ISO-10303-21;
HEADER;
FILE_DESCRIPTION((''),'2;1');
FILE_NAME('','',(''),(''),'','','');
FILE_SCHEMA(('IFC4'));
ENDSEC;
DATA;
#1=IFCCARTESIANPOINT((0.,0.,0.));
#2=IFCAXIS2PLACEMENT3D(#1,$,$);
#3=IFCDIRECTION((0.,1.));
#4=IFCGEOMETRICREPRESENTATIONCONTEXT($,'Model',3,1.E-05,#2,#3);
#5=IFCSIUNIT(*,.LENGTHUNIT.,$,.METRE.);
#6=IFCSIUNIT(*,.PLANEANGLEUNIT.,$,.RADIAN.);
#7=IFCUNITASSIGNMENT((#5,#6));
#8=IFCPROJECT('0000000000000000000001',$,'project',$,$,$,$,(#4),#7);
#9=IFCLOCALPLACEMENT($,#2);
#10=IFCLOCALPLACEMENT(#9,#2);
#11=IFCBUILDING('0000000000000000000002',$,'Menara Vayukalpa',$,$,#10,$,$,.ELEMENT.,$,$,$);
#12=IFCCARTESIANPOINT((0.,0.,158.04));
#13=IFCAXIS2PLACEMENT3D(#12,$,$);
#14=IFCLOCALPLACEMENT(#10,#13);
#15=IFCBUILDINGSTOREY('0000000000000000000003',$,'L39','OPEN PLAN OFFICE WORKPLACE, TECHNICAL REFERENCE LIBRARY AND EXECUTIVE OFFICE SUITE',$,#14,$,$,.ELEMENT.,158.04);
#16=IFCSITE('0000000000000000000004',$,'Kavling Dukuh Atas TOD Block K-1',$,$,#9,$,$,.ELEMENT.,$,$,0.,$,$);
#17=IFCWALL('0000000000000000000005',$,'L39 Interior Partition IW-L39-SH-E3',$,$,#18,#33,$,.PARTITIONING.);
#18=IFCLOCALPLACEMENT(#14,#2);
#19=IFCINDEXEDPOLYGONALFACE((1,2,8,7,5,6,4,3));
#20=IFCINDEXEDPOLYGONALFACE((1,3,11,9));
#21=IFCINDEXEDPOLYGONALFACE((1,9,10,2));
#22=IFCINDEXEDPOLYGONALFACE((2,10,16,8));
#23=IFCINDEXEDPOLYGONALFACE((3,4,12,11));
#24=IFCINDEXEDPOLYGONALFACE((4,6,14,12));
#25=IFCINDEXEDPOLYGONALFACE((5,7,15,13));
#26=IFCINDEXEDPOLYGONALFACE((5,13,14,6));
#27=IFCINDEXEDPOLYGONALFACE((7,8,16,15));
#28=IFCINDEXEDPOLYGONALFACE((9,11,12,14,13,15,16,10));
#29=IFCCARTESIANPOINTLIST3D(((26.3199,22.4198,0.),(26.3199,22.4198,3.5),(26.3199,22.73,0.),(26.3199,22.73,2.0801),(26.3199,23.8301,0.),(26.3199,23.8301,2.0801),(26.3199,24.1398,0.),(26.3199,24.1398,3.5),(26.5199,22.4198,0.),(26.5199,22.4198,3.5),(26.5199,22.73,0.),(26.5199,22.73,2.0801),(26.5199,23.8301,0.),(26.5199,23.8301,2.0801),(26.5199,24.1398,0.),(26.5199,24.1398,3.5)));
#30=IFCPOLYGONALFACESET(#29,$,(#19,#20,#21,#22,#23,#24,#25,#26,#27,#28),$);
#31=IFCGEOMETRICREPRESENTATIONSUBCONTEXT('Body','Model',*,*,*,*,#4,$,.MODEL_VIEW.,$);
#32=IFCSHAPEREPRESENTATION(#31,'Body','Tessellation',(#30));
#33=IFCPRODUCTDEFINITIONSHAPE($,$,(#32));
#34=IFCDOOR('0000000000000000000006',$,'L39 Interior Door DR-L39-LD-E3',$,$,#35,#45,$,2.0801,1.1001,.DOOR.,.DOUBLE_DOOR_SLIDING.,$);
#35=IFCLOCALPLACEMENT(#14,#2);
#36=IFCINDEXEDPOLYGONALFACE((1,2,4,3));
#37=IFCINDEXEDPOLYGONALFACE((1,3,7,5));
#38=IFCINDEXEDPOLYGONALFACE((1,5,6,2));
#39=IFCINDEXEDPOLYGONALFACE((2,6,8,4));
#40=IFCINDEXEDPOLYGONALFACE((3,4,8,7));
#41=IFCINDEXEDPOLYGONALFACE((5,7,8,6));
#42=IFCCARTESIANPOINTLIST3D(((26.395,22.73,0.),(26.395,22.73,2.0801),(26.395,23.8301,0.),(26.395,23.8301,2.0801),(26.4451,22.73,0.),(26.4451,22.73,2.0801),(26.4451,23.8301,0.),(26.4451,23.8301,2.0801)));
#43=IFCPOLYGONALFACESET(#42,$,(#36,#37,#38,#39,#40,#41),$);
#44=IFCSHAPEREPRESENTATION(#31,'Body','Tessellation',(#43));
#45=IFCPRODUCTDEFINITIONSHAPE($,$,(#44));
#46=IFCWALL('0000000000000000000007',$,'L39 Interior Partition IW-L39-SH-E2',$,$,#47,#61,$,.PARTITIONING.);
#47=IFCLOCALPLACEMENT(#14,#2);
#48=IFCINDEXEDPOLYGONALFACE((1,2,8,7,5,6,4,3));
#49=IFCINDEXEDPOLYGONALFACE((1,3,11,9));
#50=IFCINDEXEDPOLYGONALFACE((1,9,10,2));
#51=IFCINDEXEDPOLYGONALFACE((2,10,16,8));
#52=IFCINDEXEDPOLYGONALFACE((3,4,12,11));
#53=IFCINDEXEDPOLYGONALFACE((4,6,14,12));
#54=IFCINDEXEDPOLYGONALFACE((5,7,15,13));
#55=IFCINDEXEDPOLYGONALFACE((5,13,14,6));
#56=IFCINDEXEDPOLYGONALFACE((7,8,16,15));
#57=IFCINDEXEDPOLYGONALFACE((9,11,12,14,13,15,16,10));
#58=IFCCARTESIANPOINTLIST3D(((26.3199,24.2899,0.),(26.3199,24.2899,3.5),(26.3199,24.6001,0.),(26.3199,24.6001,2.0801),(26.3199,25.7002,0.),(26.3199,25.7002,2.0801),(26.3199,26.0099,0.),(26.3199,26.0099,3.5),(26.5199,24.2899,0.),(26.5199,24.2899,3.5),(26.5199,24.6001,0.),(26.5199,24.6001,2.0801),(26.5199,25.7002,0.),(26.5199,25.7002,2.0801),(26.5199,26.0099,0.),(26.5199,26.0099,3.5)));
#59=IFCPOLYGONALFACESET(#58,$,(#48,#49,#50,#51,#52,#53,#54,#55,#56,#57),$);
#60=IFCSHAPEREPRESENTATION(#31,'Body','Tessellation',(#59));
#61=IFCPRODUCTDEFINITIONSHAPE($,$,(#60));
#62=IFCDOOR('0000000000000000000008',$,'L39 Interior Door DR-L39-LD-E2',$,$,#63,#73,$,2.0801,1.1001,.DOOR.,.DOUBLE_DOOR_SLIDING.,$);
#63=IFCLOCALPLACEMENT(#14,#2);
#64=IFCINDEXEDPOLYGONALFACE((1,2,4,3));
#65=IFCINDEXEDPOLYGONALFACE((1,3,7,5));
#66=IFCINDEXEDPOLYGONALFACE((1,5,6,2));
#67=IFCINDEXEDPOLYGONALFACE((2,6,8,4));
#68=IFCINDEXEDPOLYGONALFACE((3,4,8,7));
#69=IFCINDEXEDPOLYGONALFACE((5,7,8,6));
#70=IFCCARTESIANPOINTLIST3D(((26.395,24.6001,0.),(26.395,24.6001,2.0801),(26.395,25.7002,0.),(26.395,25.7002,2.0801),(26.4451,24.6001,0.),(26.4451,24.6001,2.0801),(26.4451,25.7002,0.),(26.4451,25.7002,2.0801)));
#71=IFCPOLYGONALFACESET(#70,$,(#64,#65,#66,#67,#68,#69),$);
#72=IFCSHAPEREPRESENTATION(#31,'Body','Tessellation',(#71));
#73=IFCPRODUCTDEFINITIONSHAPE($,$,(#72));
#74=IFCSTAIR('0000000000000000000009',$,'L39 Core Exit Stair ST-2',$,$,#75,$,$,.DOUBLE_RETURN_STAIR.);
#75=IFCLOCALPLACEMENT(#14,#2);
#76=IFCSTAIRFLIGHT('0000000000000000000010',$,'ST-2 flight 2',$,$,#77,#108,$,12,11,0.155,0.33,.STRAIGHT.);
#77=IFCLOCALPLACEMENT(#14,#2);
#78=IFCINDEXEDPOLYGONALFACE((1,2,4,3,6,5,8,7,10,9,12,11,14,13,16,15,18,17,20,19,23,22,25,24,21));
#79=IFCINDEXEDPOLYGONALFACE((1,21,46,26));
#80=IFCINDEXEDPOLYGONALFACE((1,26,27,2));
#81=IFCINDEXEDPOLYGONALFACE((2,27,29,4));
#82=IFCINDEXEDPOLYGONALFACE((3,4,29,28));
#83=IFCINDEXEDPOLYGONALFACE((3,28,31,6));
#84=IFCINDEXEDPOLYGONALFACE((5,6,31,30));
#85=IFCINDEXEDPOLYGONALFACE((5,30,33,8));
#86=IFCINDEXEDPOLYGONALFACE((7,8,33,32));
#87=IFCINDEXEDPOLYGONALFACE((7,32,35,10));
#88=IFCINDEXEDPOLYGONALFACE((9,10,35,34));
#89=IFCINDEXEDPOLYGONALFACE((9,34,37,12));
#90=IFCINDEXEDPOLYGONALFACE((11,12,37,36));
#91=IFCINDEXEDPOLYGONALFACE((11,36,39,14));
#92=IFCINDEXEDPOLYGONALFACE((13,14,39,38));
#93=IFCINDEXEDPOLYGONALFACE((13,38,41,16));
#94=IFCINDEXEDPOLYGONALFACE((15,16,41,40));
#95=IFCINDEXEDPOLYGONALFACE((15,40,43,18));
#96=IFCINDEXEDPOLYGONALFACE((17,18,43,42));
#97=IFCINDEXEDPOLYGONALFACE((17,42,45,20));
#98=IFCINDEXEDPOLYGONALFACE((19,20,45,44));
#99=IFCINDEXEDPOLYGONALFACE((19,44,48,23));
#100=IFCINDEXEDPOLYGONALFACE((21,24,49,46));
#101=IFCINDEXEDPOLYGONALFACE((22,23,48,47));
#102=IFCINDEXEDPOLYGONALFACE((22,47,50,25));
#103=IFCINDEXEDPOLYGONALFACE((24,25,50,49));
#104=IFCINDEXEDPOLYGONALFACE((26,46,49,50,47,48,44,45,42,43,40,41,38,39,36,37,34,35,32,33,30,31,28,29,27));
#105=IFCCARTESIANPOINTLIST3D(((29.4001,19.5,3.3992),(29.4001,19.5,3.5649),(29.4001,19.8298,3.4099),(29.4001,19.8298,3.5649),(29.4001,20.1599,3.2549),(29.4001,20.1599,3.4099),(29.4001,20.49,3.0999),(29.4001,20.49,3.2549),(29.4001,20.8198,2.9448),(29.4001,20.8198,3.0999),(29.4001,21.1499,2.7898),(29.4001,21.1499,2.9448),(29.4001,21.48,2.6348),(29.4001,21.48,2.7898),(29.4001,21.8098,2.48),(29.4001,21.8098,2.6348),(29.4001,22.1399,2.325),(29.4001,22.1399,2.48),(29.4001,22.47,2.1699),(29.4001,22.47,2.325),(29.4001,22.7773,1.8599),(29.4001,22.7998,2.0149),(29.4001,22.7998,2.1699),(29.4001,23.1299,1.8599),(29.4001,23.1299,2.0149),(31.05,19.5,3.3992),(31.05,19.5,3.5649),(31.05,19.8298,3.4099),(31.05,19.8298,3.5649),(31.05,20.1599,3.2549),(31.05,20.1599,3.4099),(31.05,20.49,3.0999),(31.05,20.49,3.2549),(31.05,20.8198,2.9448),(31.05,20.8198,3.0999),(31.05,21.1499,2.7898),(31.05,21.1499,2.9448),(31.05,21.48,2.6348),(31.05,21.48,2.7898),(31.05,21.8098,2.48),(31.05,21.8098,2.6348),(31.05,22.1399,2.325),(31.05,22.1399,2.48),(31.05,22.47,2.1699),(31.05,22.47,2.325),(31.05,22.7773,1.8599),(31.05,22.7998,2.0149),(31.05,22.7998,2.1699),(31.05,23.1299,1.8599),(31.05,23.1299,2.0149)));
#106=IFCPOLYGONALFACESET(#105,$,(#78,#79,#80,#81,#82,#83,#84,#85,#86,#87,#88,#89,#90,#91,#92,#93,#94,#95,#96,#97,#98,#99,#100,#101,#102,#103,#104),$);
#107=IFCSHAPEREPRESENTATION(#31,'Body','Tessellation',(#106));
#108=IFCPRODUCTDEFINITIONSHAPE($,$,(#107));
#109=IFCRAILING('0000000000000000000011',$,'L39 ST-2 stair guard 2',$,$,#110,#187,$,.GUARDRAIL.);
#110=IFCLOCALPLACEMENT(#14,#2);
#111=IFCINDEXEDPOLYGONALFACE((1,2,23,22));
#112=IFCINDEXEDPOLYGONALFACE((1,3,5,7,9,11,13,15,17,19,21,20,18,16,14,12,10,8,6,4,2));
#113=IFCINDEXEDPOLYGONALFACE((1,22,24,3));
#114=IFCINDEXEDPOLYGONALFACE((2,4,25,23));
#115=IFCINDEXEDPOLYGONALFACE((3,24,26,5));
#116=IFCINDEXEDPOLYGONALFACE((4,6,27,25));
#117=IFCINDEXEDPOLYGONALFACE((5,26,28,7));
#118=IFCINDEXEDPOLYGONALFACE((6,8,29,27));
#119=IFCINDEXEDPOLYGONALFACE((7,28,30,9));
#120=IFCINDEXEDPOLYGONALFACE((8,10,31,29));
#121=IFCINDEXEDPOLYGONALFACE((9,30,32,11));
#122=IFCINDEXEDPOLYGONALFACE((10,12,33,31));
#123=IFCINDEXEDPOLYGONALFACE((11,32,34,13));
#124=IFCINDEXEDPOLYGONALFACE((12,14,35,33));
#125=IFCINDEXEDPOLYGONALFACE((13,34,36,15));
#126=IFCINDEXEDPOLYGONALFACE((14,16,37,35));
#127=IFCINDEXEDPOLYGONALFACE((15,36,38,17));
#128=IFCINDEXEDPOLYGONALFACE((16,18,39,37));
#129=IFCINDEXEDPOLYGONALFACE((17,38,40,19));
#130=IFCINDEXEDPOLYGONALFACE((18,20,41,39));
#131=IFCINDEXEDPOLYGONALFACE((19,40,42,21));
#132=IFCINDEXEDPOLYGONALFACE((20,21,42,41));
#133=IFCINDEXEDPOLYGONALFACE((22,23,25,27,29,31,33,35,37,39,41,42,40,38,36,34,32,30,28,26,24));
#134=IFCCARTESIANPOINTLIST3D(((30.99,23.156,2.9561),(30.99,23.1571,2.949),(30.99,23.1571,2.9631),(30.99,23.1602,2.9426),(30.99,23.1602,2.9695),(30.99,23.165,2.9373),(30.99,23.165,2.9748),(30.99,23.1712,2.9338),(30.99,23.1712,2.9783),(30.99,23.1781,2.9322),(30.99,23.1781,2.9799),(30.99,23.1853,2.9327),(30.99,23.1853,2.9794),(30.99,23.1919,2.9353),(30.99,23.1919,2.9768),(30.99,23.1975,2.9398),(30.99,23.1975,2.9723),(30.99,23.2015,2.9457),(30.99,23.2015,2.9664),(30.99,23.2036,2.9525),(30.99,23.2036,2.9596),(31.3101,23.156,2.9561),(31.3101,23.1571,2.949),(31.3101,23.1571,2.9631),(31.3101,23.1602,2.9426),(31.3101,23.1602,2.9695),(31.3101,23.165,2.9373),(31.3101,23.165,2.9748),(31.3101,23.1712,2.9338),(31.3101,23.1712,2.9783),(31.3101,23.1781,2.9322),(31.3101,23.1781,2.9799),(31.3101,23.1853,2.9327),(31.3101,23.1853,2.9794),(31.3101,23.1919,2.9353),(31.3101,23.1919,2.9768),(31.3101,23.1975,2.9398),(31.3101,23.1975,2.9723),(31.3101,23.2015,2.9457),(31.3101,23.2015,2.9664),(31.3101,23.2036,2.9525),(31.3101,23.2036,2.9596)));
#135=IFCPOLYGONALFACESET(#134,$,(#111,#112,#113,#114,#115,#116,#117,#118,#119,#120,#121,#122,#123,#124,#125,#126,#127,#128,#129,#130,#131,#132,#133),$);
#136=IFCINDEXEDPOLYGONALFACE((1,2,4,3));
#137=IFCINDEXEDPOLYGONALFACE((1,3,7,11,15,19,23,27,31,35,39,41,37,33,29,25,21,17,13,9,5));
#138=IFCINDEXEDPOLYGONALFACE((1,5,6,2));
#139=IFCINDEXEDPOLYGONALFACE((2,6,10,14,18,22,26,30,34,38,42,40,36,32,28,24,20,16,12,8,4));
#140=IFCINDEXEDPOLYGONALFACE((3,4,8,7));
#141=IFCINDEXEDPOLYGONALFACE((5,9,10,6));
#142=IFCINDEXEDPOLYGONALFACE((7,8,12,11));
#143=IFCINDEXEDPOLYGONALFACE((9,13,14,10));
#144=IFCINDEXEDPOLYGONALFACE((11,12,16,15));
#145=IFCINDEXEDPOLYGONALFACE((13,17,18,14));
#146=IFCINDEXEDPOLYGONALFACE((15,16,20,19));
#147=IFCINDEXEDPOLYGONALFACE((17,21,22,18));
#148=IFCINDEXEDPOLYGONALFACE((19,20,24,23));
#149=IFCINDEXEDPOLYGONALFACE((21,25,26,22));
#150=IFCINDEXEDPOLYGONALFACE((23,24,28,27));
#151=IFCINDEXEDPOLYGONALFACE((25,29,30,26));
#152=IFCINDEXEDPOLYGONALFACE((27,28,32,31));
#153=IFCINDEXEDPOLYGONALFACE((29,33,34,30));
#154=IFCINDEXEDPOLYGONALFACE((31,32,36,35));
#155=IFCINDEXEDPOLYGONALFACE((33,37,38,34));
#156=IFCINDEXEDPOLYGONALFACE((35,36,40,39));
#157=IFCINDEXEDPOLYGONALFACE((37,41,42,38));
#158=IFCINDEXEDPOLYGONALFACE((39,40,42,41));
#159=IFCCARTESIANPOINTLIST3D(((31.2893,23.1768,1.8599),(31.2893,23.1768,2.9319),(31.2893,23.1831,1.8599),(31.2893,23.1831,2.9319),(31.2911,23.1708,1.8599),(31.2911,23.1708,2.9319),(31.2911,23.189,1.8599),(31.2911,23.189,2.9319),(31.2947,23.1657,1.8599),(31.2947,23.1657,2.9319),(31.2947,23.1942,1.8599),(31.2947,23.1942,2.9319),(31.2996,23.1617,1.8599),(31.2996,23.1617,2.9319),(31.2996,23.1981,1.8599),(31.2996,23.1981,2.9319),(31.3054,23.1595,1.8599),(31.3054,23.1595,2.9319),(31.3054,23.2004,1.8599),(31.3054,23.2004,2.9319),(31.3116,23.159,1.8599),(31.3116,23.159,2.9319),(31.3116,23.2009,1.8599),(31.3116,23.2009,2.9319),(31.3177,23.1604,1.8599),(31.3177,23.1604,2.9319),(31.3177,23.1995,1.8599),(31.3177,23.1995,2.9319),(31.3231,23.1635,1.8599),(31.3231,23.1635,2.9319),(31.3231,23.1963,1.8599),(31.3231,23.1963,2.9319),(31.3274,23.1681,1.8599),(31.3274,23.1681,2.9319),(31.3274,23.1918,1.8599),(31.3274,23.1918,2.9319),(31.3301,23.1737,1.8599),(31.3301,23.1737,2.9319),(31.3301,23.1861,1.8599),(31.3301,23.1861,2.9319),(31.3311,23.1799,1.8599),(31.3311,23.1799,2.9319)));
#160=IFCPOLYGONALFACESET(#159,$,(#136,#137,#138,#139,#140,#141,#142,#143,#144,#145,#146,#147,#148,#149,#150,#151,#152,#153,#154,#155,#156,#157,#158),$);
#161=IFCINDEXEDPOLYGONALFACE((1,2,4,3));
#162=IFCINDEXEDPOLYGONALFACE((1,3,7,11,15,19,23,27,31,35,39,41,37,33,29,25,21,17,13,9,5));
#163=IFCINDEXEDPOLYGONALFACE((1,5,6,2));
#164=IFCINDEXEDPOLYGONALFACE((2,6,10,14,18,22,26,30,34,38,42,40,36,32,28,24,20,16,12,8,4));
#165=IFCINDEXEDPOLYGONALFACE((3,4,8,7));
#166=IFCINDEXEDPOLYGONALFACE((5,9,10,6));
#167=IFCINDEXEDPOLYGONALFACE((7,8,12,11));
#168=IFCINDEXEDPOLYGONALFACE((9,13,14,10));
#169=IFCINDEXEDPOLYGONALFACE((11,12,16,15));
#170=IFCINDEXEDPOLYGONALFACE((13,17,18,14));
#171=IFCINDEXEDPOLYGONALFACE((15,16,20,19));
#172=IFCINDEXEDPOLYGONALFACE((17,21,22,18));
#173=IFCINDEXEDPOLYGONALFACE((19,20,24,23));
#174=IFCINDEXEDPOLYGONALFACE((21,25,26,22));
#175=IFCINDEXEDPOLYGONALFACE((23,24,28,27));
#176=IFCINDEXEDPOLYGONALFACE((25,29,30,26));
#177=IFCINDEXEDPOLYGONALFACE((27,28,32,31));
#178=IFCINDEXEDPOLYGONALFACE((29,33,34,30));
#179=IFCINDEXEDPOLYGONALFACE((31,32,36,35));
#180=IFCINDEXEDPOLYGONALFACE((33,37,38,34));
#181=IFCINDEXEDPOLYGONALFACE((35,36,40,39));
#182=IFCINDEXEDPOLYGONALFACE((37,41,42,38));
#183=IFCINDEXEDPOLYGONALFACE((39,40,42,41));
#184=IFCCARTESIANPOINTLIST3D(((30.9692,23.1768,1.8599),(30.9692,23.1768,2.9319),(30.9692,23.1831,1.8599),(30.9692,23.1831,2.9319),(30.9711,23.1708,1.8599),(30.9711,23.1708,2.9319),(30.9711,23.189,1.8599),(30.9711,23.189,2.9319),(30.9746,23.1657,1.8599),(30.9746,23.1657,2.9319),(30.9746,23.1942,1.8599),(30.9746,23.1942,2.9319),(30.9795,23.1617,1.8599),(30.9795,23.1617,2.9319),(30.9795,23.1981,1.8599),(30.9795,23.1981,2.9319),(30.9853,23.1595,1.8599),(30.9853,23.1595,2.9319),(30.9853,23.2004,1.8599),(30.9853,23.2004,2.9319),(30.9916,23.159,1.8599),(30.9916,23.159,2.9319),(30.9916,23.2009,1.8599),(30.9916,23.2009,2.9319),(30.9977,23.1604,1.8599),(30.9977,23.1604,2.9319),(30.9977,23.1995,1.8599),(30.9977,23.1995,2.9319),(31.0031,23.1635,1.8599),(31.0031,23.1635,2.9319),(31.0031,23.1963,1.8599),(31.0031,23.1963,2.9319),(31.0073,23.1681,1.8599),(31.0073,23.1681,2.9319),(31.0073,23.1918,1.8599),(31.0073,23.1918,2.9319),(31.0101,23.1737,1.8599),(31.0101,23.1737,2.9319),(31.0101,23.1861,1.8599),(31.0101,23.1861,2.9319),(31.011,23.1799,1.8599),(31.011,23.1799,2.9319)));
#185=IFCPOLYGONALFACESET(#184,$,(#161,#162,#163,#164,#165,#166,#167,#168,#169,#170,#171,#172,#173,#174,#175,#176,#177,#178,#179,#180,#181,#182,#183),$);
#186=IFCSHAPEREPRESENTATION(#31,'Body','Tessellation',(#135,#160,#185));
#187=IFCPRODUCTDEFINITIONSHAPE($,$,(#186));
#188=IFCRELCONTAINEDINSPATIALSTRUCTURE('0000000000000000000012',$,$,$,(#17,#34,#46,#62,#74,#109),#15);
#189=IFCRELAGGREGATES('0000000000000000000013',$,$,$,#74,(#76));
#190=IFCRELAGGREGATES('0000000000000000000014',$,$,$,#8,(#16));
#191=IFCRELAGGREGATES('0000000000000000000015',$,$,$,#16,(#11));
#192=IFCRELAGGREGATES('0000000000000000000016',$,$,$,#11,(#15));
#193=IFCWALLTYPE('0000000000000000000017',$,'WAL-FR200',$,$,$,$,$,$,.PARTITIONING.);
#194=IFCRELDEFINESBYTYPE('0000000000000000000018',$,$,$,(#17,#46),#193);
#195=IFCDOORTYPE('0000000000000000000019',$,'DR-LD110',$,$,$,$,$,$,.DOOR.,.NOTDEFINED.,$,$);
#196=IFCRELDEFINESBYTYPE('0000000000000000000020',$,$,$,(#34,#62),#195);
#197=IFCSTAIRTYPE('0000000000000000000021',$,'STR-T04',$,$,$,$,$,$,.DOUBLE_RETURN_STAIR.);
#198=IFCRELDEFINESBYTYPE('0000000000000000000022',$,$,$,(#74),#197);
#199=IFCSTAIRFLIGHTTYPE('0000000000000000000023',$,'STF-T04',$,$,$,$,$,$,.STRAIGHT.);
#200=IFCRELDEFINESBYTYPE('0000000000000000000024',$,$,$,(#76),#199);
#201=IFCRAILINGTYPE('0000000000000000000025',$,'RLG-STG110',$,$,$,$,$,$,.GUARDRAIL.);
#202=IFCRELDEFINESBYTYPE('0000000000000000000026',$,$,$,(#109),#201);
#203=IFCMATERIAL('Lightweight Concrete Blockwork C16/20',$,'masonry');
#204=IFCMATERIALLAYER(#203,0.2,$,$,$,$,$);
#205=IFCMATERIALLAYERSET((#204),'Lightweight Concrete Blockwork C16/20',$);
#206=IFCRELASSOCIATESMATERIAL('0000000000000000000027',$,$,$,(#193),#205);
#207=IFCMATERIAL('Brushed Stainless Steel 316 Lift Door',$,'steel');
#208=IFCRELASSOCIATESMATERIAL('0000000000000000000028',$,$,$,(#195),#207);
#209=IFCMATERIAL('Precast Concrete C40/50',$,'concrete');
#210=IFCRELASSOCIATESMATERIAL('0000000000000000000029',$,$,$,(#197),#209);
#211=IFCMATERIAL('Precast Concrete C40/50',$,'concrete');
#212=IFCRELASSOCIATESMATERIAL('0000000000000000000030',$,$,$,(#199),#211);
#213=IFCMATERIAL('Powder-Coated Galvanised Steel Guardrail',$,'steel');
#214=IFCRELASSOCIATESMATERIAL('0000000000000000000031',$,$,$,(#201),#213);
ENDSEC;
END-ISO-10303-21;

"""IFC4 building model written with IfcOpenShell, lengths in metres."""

from ifc_helpers import new_model, si_unit, direction, frame, frame_2d, origin, origin_2d, place, context, subcontext, project, spatial, polyline, rectangle, circle, outline, extrude, material, layer, layer_set, type_object, element, fill, aggregate, save


model = new_model("IFC4")

# Units and contexts
model_context = context("Model", 3, precision=1e-05, world=origin(), true_north=direction((0.0, 1.0)))
body_context = subcontext(model_context, "Body", "Model", "MODEL_VIEW")
ifc_project = project(units=[si_unit("LENGTHUNIT", "METRE"), si_unit("PLANEANGLEUNIT", "RADIAN")], contexts=[model_context])

# Site, building, storey
site_placement = place(None, origin())
site = spatial("IfcSite", under=ifc_project, at=site_placement, Name="Kavling Dukuh Atas TOD Block K-1", CompositionType="ELEMENT", RefElevation=0.0)
building_placement = place(site_placement, origin())
building = spatial("IfcBuilding", under=site, at=building_placement, Name="Menara Vayukalpa", CompositionType="ELEMENT")
storey_placement = place(building_placement, frame((0.0, 0.0, 158.04)))
storey = spatial("IfcBuildingStorey", under=building, at=storey_placement, Name="L39", Description="OPEN PLAN OFFICE WORKPLACE, TECHNICAL REFERENCE LIBRARY AND EXECUTIVE OFFICE SUITE", CompositionType="ELEMENT", Elevation=158.04)

# Walls, openings, doors
ifc_material_1 = material(Name="Lightweight Concrete Blockwork C16/20", Category="masonry")
ifc_layer_1 = layer(ifc_material_1, 0.2)
ifc_layer_set_1 = layer_set([ifc_layer_1], Name="Lightweight Concrete Blockwork C16/20")
wall_type_1 = type_object("IfcWallType", Name="WAL-FR200", PredefinedType="PARTITIONING", material=ifc_layer_set_1)
ifc_material_2 = material(Name="Brushed Stainless Steel 316 Lift Door", Category="steel")
door_type_1 = type_object("IfcDoorType", Name="DR-LD110", OperationType="NOTDEFINED", PredefinedType="DOOR", material=ifc_material_2)
wall_1_placement = place(storey_placement, frame((26.4199, 22.4199, 0.0), z_axis=(0.0, 0.0, 1.0), x_axis=(0.0, 1.0, 0.0)))
wall_1 = element("IfcWall", 1, at=wall_1_placement, inside=storey, type_object=wall_type_1, Name="L39 Interior Partition IW-L39-SH-E3", PredefinedType="PARTITIONING", context=body_context, shape_type="SweptSolid", body=[
    extrude(rectangle(XDim=1.72, YDim=0.2, at=frame_2d((0.8599, 0.0))), origin(), (0.0, 0.0, 1.0), 3.5),
])
opening_1_placement = place(wall_1_placement, frame((0.3101, 0.0, 0.0)))
opening_1 = element("IfcOpeningElement", 2, at=opening_1_placement, cuts=wall_1, PredefinedType="OPENING", context=body_context, shape_type="SweptSolid", body=[
    extrude(rectangle(XDim=1.1001, YDim=2.0801, at=frame_2d((0.55, 1.04))), frame((0.0, 0.1099, 0.0), z_axis=(0.0, -1.0, 0.0), x_axis=(1.0, 0.0, 0.0)), (0.0, 0.0, 1.0), 0.22),
])
door_1_placement = place(opening_1_placement, origin())
door_1 = element("IfcDoor", 3, at=door_1_placement, inside=storey, type_object=door_type_1, Name="L39 Interior Door DR-L39-LD-E3", OperationType="DOUBLE_DOOR_SLIDING", OverallHeight=2.0801, OverallWidth=1.1001, PredefinedType="DOOR", context=body_context, shape_type="SweptSolid", body=[
    extrude(rectangle(XDim=1.1001, YDim=2.0801, at=frame_2d((0.55, 1.04))), frame((0.0, 0.0249, 0.0), z_axis=(0.0, -1.0, 0.0), x_axis=(1.0, 0.0, 0.0)), (0.0, 0.0, 1.0), 0.05),
])
fill(opening_1, door_1)
wall_2_placement = place(storey_placement, frame((26.4199, 24.29, 0.0), z_axis=(0.0, 0.0, 1.0), x_axis=(0.0, 1.0, 0.0)))
wall_2 = element("IfcWall", 4, at=wall_2_placement, inside=storey, type_object=wall_type_1, Name="L39 Interior Partition IW-L39-SH-E2", PredefinedType="PARTITIONING", context=body_context, shape_type="SweptSolid", body=[
    extrude(rectangle(XDim=1.72, YDim=0.2, at=frame_2d((0.8599, 0.0))), origin(), (0.0, 0.0, 1.0), 3.5),
])
opening_2_placement = place(wall_2_placement, frame((0.3101, 0.0, 0.0)))
opening_2 = element("IfcOpeningElement", 5, at=opening_2_placement, cuts=wall_2, PredefinedType="OPENING", context=body_context, shape_type="SweptSolid", body=[
    extrude(rectangle(XDim=1.1001, YDim=2.0801, at=frame_2d((0.55, 1.04))), frame((0.0, 0.1099, 0.0), z_axis=(0.0, -1.0, 0.0), x_axis=(1.0, 0.0, 0.0)), (0.0, 0.0, 1.0), 0.22),
])
door_2_placement = place(opening_2_placement, origin())
door_2 = element("IfcDoor", 6, at=door_2_placement, inside=storey, type_object=door_type_1, Name="L39 Interior Door DR-L39-LD-E2", OperationType="DOUBLE_DOOR_SLIDING", OverallHeight=2.0801, OverallWidth=1.1001, PredefinedType="DOOR", context=body_context, shape_type="SweptSolid", body=[
    extrude(rectangle(XDim=1.1001, YDim=2.0801, at=frame_2d((0.55, 1.04))), frame((0.0, 0.0249, 0.0), z_axis=(0.0, -1.0, 0.0), x_axis=(1.0, 0.0, 0.0)), (0.0, 0.0, 1.0), 0.05),
])
fill(opening_2, door_2)

# Stair, stair flight
ifc_material_3 = material(Name="Precast Concrete C40/50", Category="concrete")
stair_type = type_object("IfcStairType", Name="STR-T04", PredefinedType="DOUBLE_RETURN_STAIR", material=ifc_material_3)
stair_placement = place(storey_placement, origin())
stair = element("IfcStair", 7, at=stair_placement, inside=storey, type_object=stair_type, Name="L39 Core Exit Stair ST-2", PredefinedType="DOUBLE_RETURN_STAIR")
ifc_material_4 = material(Name="Precast Concrete C40/50", Category="concrete")
stair_flight_type = type_object("IfcStairFlightType", Name="STF-T04", PredefinedType="STRAIGHT", material=ifc_material_4)
stair_flight_placement = place(storey_placement, frame((30.2251, 23.1299, 1.8599), z_axis=(0.0, 0.0, 1.0), x_axis=(0.0, -1.0, 0.0)))
stair_flight = element("IfcStairFlight", 8, at=stair_flight_placement, type_object=stair_flight_type, Name="ST-2 flight 2", NumberOfRisers=12, NumberOfTreads=11, PredefinedType="STRAIGHT", RiserHeight=0.155, TreadLength=0.33, context=body_context, shape_type="SweptSolid", body=[
    extrude(outline(polyline([(0.0, 0.0), (0.0, 0.155), (0.3301, 0.155), (0.3301, 0.3101), (0.6599, 0.3101), (0.6599, 0.4651), (0.99, 0.4651), (0.99, 0.6201), (1.3201, 0.6201), (1.3201, 0.7749), (1.6499, 0.7749), (1.6499, 0.9299), (1.98, 0.9299), (1.98, 1.085), (2.3101, 1.085), (2.3101, 1.24), (2.6399, 1.24), (2.6399, 1.395), (2.97, 1.395), (2.97, 1.55), (3.3, 1.55), (3.3, 1.7051), (3.6299, 1.7051), (3.6299, 1.8601), (3.6299, 1.5393), (0.3525, 0.0), (0.0, 0.0)])), frame((0.0, 0.825, 0.0), z_axis=(0.0, -1.0, 0.0), x_axis=(1.0, 0.0, 0.0)), (0.0, 0.0, 1.0), 1.6499),
])
aggregate(stair, [stair_flight])

# Railing
ifc_material_5 = material(Name="Powder-Coated Galvanised Steel Guardrail", Category="steel")
railing_type_1 = type_object("IfcRailingType", Name="RLG-STG110", PredefinedType="GUARDRAIL", material=ifc_material_5)
railing_1_placement = place(storey_placement, frame((31.3101, 23.1799, 1.8599)))
element("IfcRailing", 9, at=railing_1_placement, inside=storey, type_object=railing_type_1, Name="L39 ST-2 stair guard 2", PredefinedType="GUARDRAIL", context=body_context, shape_type="SweptSolid", body=[
    extrude(circle(Radius=0.0239, at=origin_2d()), frame((0.0, 0.0, 1.0962), z_axis=(-1.0, 0.0, 0.0), x_axis=(0.0, -1.0, 0.0)), (0.0, 0.0, 1.0), 0.3201),
    extrude(circle(Radius=0.021, at=origin_2d()), origin(), (0.0, 0.0, 1.0), 1.072),
    extrude(circle(Radius=0.021, at=origin_2d()), frame((-0.3201, 0.0, 0.0)), (0.0, 0.0, 1.0), 1.072),
])

save(model, "model.ifc")
